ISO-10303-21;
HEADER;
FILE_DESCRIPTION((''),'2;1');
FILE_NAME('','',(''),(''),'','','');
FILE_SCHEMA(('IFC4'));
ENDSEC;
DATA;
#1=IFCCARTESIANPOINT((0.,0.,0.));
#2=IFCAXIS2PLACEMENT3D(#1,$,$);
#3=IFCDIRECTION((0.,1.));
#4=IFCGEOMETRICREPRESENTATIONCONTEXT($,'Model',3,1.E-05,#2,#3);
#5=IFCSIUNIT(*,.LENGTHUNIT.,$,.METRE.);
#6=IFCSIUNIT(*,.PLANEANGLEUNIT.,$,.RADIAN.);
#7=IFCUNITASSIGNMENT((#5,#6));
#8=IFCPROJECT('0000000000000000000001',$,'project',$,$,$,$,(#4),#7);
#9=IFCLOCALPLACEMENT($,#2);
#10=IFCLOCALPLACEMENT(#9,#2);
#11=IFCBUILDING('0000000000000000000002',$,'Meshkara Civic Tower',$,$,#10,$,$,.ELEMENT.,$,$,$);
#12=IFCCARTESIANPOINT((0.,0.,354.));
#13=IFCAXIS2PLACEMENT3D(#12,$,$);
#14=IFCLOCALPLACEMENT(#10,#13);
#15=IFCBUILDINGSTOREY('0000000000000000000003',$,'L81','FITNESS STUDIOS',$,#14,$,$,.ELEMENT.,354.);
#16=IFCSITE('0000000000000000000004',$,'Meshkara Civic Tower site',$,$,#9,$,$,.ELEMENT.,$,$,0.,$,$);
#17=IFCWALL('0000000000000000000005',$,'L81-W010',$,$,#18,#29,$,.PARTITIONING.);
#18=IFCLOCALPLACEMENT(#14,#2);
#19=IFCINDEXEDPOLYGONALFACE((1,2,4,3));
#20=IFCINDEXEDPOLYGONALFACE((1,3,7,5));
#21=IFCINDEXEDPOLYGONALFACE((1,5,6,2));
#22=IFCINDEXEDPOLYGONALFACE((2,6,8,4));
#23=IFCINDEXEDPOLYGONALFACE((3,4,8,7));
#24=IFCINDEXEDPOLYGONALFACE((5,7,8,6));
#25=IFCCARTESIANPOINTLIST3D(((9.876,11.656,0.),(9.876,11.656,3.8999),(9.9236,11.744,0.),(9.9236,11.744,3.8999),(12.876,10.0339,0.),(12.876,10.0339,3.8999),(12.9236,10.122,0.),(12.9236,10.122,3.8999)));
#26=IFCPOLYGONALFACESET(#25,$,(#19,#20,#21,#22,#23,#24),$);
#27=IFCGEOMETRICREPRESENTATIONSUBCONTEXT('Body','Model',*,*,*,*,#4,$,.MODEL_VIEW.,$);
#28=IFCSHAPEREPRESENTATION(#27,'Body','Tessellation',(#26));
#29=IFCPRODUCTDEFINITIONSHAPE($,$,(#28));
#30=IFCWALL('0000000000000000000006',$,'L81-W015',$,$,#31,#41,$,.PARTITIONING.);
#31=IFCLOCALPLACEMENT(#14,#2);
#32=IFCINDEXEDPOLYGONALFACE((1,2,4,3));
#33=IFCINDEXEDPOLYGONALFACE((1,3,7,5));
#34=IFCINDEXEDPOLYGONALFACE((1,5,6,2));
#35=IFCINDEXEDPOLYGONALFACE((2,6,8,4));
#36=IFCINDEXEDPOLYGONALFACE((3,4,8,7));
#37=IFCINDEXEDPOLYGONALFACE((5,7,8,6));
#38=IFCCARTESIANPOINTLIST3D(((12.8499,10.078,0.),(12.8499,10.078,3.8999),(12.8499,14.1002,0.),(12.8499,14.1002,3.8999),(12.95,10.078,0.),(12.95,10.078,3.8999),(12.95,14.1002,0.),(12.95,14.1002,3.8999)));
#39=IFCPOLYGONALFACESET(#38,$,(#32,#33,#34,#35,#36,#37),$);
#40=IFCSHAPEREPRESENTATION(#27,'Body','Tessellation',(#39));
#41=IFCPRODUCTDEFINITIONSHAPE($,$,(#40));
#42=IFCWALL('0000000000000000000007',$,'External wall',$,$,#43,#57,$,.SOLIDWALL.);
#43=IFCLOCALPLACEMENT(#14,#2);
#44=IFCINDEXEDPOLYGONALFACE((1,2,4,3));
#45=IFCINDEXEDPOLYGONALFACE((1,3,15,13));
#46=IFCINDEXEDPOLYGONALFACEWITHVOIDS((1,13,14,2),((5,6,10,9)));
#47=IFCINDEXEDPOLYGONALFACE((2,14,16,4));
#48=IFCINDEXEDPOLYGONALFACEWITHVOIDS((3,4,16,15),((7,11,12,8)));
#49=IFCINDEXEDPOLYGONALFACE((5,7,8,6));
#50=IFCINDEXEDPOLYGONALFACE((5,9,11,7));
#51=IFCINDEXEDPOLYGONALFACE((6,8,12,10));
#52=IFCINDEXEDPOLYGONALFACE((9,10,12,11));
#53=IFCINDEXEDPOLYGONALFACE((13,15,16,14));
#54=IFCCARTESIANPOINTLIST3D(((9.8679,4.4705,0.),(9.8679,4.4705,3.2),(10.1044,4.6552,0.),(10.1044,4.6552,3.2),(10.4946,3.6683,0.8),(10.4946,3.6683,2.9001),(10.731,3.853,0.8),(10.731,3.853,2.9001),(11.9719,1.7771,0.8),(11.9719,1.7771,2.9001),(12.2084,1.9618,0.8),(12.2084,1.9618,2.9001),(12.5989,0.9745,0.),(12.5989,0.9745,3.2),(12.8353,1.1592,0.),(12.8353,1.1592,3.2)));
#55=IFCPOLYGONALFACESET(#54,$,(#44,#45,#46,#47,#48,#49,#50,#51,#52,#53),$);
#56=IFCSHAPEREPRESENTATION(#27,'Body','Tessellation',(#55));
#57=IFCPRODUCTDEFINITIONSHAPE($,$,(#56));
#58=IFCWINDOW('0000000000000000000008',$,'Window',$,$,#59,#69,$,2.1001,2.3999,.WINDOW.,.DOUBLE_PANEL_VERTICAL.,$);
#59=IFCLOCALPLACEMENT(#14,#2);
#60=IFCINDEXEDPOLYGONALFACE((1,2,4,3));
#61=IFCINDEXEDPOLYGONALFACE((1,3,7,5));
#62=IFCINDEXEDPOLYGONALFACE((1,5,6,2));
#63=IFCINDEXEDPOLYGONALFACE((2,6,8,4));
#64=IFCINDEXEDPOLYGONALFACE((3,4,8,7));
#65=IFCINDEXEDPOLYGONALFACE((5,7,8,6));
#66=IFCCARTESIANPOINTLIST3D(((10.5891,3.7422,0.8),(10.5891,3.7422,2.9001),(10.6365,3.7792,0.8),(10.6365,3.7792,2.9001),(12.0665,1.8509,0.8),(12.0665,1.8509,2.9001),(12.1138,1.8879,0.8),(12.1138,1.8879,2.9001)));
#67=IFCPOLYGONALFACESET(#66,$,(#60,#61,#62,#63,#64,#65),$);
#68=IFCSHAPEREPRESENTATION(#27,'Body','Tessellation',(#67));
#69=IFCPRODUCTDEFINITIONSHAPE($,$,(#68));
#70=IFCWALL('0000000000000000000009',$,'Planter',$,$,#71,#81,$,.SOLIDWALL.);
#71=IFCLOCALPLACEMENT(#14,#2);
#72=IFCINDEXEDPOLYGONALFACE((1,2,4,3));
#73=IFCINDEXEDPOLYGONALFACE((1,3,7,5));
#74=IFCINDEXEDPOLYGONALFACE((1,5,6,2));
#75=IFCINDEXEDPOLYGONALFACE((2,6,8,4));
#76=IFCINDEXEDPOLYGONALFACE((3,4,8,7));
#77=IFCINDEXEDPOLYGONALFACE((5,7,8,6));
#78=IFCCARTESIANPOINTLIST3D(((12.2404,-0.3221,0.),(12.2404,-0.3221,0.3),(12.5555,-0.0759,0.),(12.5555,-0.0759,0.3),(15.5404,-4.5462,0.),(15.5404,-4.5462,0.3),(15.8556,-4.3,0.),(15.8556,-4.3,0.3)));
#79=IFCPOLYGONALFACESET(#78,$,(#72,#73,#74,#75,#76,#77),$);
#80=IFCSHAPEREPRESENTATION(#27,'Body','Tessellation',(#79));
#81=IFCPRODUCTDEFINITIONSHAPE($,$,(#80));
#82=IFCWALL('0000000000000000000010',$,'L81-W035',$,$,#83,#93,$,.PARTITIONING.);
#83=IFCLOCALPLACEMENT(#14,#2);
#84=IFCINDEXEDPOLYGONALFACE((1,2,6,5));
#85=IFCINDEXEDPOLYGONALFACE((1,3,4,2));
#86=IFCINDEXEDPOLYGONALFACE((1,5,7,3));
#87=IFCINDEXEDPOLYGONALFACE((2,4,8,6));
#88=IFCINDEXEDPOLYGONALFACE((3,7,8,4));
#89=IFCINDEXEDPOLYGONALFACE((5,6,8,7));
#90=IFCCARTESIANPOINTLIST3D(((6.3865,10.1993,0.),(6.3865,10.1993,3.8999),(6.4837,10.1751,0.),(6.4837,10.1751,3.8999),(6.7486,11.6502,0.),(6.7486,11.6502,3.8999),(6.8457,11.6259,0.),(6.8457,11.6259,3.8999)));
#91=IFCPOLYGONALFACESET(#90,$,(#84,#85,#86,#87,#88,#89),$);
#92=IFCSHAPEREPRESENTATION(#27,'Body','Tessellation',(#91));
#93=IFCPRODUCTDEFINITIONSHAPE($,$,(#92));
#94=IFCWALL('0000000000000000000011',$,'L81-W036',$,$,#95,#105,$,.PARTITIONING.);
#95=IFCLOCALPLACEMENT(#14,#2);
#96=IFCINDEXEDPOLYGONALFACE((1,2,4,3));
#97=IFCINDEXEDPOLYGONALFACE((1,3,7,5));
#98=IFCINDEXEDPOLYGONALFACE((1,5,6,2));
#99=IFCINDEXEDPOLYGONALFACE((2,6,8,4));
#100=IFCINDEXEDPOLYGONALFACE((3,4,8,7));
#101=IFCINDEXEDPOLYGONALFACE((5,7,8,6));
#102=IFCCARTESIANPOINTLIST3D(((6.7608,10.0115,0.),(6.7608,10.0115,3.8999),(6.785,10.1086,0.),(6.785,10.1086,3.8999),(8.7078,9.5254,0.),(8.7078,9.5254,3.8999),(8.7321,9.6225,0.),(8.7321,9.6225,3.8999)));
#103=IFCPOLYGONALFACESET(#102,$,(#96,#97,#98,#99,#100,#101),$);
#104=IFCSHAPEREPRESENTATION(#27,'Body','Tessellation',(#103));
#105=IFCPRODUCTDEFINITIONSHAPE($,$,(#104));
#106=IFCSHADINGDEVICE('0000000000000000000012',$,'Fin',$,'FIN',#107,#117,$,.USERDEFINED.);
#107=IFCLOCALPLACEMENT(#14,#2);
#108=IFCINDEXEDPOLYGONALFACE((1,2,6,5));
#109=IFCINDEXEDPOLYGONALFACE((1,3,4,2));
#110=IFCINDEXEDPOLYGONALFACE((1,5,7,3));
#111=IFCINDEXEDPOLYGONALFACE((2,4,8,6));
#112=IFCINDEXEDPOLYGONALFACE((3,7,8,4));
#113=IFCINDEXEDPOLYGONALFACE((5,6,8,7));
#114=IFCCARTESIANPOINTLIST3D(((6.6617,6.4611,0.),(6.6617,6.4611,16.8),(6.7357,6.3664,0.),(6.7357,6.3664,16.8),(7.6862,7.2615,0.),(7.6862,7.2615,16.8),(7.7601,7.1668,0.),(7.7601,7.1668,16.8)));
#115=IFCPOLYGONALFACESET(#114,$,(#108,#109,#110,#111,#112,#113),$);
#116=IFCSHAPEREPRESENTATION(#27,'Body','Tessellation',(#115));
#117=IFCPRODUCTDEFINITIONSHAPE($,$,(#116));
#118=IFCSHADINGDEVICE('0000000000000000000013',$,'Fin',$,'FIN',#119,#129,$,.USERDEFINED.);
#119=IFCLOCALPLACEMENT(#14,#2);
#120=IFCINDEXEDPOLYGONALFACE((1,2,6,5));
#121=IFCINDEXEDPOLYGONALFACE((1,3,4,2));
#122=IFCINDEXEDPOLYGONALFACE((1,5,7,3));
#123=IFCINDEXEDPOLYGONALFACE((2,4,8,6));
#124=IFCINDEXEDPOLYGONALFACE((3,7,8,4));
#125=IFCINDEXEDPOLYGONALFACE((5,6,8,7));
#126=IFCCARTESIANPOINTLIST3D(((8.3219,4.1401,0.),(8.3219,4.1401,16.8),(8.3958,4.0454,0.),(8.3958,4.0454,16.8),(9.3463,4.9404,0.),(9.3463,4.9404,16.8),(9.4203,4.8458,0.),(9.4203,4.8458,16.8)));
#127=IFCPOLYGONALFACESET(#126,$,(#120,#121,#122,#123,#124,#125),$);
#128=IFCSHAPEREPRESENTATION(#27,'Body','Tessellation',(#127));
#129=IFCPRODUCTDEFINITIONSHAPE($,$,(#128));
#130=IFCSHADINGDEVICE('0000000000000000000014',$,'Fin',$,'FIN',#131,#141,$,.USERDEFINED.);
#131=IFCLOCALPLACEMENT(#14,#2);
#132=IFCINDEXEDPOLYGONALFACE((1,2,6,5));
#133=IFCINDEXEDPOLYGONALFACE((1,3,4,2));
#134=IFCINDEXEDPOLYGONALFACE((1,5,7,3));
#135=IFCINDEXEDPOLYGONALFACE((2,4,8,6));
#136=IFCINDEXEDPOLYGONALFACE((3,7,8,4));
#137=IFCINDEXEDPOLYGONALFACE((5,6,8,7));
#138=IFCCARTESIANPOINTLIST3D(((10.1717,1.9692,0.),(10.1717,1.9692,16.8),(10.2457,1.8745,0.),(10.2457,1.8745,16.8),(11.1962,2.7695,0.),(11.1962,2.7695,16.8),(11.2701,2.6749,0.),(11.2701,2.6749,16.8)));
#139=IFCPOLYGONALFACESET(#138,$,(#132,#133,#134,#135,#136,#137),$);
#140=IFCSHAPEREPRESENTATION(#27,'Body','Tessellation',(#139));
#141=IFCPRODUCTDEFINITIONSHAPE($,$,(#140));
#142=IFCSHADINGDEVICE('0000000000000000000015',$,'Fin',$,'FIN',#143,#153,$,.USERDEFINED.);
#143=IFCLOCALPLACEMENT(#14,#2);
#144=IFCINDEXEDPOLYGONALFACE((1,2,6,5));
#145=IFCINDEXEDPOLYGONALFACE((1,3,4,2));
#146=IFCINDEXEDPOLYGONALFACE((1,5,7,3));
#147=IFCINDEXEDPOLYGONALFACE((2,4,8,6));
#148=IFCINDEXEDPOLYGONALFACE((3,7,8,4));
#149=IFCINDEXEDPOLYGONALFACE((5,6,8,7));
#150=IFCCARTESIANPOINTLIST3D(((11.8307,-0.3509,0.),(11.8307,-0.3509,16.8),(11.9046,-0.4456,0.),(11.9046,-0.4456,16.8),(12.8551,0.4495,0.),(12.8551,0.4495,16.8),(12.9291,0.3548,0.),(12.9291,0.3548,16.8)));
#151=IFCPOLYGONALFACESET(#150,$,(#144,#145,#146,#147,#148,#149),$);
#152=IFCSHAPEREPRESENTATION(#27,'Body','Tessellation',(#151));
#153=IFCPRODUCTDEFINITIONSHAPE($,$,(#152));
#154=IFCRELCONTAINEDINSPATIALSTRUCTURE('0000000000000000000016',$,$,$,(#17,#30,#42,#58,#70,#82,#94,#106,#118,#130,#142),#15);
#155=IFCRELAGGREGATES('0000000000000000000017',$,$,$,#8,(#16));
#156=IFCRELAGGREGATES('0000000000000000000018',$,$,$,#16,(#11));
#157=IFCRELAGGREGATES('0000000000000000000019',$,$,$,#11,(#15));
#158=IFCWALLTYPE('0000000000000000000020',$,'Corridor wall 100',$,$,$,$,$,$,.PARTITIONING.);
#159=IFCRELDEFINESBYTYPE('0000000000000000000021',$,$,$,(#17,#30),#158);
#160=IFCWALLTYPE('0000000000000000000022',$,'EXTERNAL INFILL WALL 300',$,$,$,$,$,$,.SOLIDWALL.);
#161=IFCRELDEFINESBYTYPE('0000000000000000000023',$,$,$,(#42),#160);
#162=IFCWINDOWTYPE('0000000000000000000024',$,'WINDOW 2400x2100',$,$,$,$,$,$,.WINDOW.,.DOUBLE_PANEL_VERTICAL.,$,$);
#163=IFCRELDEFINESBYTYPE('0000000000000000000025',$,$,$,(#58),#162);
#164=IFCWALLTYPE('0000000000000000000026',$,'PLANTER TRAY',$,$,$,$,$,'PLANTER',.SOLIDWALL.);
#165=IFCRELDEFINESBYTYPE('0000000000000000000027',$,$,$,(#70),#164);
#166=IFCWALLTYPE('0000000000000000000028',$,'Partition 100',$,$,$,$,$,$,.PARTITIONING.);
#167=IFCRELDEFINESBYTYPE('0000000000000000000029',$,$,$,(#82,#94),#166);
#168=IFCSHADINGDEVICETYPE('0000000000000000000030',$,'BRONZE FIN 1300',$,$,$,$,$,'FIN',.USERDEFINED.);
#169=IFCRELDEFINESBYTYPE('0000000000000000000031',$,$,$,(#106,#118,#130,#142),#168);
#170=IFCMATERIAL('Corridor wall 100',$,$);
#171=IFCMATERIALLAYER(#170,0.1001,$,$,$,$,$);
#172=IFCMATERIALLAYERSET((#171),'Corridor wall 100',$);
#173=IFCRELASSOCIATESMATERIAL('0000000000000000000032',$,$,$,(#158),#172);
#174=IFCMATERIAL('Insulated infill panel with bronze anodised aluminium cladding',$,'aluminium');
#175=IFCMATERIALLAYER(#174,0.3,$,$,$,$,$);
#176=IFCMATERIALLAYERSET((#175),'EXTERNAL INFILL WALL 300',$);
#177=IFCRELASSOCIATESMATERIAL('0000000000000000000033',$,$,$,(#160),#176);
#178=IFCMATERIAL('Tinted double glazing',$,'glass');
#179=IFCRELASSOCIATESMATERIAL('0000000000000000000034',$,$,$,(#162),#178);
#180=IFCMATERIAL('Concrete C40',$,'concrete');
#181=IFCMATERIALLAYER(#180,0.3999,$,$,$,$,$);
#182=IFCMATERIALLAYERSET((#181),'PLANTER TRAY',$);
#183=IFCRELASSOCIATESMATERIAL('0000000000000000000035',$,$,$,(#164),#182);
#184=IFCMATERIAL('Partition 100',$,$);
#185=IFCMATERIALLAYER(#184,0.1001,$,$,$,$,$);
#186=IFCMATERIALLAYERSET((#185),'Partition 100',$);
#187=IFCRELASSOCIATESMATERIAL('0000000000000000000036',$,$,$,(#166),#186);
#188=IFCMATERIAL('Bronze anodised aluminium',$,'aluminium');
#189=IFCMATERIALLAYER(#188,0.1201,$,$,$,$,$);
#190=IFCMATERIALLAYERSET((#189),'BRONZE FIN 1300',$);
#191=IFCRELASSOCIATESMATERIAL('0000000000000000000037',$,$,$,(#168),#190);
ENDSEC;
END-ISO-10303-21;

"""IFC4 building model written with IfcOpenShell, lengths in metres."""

from ifc_helpers import new_model, si_unit, direction, frame, frame_2d, origin, origin_2d, place, context, subcontext, project, spatial, rectangle, extrude, material, layer, layer_set, type_object, element, fill, save


model = new_model("IFC4")

# Units and contexts
model_context = context("Model", 3, precision=1e-05, world=origin(), true_north=direction((0.0, 1.0)))
body_context = subcontext(model_context, "Body", "Model", "MODEL_VIEW")
ifc_project = project(units=[si_unit("LENGTHUNIT", "METRE"), si_unit("PLANEANGLEUNIT", "RADIAN")], contexts=[model_context])

# Site, building, storey
site_placement = place(None, origin())
site = spatial("IfcSite", under=ifc_project, at=site_placement, Name="Meshkara Civic Tower site", CompositionType="ELEMENT", RefElevation=0.0)
building_placement = place(site_placement, origin())
building = spatial("IfcBuilding", under=site, at=building_placement, Name="Meshkara Civic Tower", CompositionType="ELEMENT")
storey_placement = place(building_placement, frame((0.0, 0.0, 354.0)))
storey = spatial("IfcBuildingStorey", under=building, at=storey_placement, Name="L81", Description="FITNESS STUDIOS", CompositionType="ELEMENT", Elevation=354.0)

# Shared definitions
ifc_material_1 = material(Name="Corridor wall 100")
ifc_layer_1 = layer(ifc_material_1, 0.1001)
ifc_layer_set_1 = layer_set([ifc_layer_1], Name="Corridor wall 100")
wall_type_1 = type_object("IfcWallType", Name="Corridor wall 100", PredefinedType="PARTITIONING", material=ifc_layer_set_1)

# Walls
wall_1_placement = place(storey_placement, frame((9.8999, 11.7, 0.0), z_axis=(0.0, 0.0, 1.0), x_axis=(0.879651, -0.475619, 0.0)))
element("IfcWall", 1, at=wall_1_placement, inside=storey, type_object=wall_type_1, Name="L81-W010", PredefinedType="PARTITIONING", context=body_context, shape_type="SweptSolid", body=[
    extrude(rectangle(XDim=3.4104, YDim=0.1001, at=frame_2d((1.7051, 0.0))), origin(), (0.0, 0.0, 1.0), 3.8999),
])
wall_2_placement = place(storey_placement, frame((12.8999, 10.0779, 0.0), z_axis=(0.0, 0.0, 1.0), x_axis=(0.0, 1.0, 0.0)))
element("IfcWall", 2, at=wall_2_placement, inside=storey, type_object=wall_type_1, Name="L81-W015", PredefinedType="PARTITIONING", context=body_context, shape_type="SweptSolid", body=[
    extrude(rectangle(XDim=4.0222, YDim=0.1001, at=frame_2d((2.0112, 0.0))), origin(), (0.0, 0.0, 1.0), 3.8999),
])

# Wall, opening, window
ifc_material_2 = material(Name="Insulated infill panel with bronze anodised aluminium cladding", Category="aluminium")
ifc_layer_2 = layer(ifc_material_2, 0.3)
ifc_layer_set_2 = layer_set([ifc_layer_2], Name="EXTERNAL INFILL WALL 300")
wall_type_2 = type_object("IfcWallType", Name="EXTERNAL INFILL WALL 300", PredefinedType="SOLIDWALL", material=ifc_layer_set_2)
wall_3_placement = place(storey_placement, frame((9.9861, 4.563, 0.0), z_axis=(0.0, 0.0, 1.0), x_axis=(0.615593, -0.788064, 0.0)))
wall_3 = element("IfcWall", 3, at=wall_3_placement, inside=storey, type_object=wall_type_2, Name="External wall", PredefinedType="SOLIDWALL", context=body_context, shape_type="SweptSolid", body=[
    extrude(rectangle(XDim=4.4363, YDim=0.3, at=frame_2d((2.2183, 0.0))), origin(), (0.0, 0.0, 1.0), 3.2),
])
opening_1_placement = place(wall_3_placement, frame((1.0181, 0.0, 0.8)))
opening_1 = element("IfcOpeningElement", 4, at=opening_1_placement, cuts=wall_3, PredefinedType="OPENING", context=body_context, shape_type="SweptSolid", body=[
    extrude(rectangle(XDim=2.3999, YDim=2.1001, at=frame_2d((1.2, 1.05))), frame((0.0, 0.1599, 0.0), z_axis=(0.0, -1.0, 0.0), x_axis=(1.0, 0.0, 0.0)), (0.0, 0.0, 1.0), 0.3201),
])
ifc_material_3 = material(Name="Tinted double glazing", Category="glass")
window_type = type_object("IfcWindowType", Name="WINDOW 2400x2100", PartitioningType="DOUBLE_PANEL_VERTICAL", PredefinedType="WINDOW", material=ifc_material_3)
window_placement = place(opening_1_placement, origin())
window = element("IfcWindow", 5, at=window_placement, inside=storey, type_object=window_type, Name="Window", OverallHeight=2.1001, OverallWidth=2.3999, PartitioningType="DOUBLE_PANEL_VERTICAL", PredefinedType="WINDOW", context=body_context, shape_type="SweptSolid", body=[
    extrude(rectangle(XDim=2.3999, YDim=2.1001, at=frame_2d((1.2, 1.05))), frame((0.0, 0.03, 0.0), z_axis=(0.0, -1.0, 0.0), x_axis=(1.0, 0.0, 0.0)), (0.0, 0.0, 1.0), 0.0601),
])
fill(opening_1, window)

# Walls
ifc_material_4 = material(Name="Concrete C40", Category="concrete")
ifc_layer_3 = layer(ifc_material_4, 0.3999)
ifc_layer_set_3 = layer_set([ifc_layer_3], Name="PLANTER TRAY")
wall_type_3 = type_object("IfcWallType", Name="PLANTER TRAY", ElementType="PLANTER", PredefinedType="SOLIDWALL", material=ifc_layer_set_3)
wall_4_placement = place(storey_placement, frame((12.3979, -0.199, 0.0), z_axis=(0.0, 0.0, 1.0), x_axis=(0.615639, -0.788029, 0.0)))
element("IfcWall", 6, at=wall_4_placement, inside=storey, type_object=wall_type_3, Name="Planter", PredefinedType="SOLIDWALL", context=body_context, shape_type="SweptSolid", body=[
    extrude(rectangle(XDim=5.3604, YDim=0.3999, at=frame_2d((2.6802, 0.0))), origin(), (0.0, 0.0, 1.0), 0.3),
])
ifc_material_5 = material(Name="Partition 100")
ifc_layer_4 = layer(ifc_material_5, 0.1001)
ifc_layer_set_4 = layer_set([ifc_layer_4], Name="Partition 100")
wall_type_4 = type_object("IfcWallType", Name="Partition 100", PredefinedType="PARTITIONING", material=ifc_layer_set_4)
wall_5_placement = place(storey_placement, frame((6.7971, 11.6379, 0.0), z_axis=(0.0, 0.0, 1.0), x_axis=(-0.242113, -0.970248, 0.0)))
element("IfcWall", 7, at=wall_5_placement, inside=storey, type_object=wall_type_4, Name="L81-W035", PredefinedType="PARTITIONING", context=body_context, shape_type="SweptSolid", body=[
    extrude(rectangle(XDim=1.4954, YDim=0.1001, at=frame_2d((0.7476, 0.0))), origin(), (0.0, 0.0, 1.0), 3.8999),
])
wall_6_placement = place(storey_placement, frame((8.72, 9.574, 0.0), z_axis=(0.0, 0.0, 1.0), x_axis=(-0.970221, 0.242221, 0.0)))
element("IfcWall", 8, at=wall_6_placement, inside=storey, type_object=wall_type_4, Name="L81-W036", PredefinedType="PARTITIONING", context=body_context, shape_type="SweptSolid", body=[
    extrude(rectangle(XDim=2.0068, YDim=0.1001, at=frame_2d((1.0034, 0.0))), origin(), (0.0, 0.0, 1.0), 3.8999),
])

# Shading devices
ifc_material_6 = material(Name="Bronze anodised aluminium", Category="aluminium")
ifc_layer_5 = layer(ifc_material_6, 0.1201)
ifc_layer_set_5 = layer_set([ifc_layer_5], Name="BRONZE FIN 1300")
shading_device_type = type_object("IfcShadingDeviceType", Name="BRONZE FIN 1300", ElementType="FIN", PredefinedType="USERDEFINED", material=ifc_layer_set_5)
for number, where, z_axis, x_axis, name in (
    (9, (7.2109, 6.814, 0.0), (0.0, 0.0, 1.0), (0.615661, -0.788011, 0.0), "Fin"),
    (10, (8.8711, 4.4929, 0.0), (0.0, 0.0, 1.0), (0.615661, -0.788011, 0.0), "Fin"),
    (11, (10.7209, 2.322, 0.0), (0.0, 0.0, 1.0), (0.615661, -0.788011, 0.0), "Fin"),
    (12, (12.3799, 0.002, 0.0), (0.0, 0.0, 1.0), (0.615661, -0.788011, 0.0), "Fin"),
):
    element("IfcShadingDevice", number, at=place(storey_placement, frame(where, z_axis=z_axis, x_axis=x_axis)), inside=storey, type_object=shading_device_type, Name=name, ObjectType="FIN", PredefinedType="USERDEFINED", context=body_context, shape_type="SweptSolid", body=[
        extrude(rectangle(XDim=0.1201, YDim=1.3, at=origin_2d()), origin(), (0.0, 0.0, 1.0), 16.8),
    ])

save(model, "model.ifc")
